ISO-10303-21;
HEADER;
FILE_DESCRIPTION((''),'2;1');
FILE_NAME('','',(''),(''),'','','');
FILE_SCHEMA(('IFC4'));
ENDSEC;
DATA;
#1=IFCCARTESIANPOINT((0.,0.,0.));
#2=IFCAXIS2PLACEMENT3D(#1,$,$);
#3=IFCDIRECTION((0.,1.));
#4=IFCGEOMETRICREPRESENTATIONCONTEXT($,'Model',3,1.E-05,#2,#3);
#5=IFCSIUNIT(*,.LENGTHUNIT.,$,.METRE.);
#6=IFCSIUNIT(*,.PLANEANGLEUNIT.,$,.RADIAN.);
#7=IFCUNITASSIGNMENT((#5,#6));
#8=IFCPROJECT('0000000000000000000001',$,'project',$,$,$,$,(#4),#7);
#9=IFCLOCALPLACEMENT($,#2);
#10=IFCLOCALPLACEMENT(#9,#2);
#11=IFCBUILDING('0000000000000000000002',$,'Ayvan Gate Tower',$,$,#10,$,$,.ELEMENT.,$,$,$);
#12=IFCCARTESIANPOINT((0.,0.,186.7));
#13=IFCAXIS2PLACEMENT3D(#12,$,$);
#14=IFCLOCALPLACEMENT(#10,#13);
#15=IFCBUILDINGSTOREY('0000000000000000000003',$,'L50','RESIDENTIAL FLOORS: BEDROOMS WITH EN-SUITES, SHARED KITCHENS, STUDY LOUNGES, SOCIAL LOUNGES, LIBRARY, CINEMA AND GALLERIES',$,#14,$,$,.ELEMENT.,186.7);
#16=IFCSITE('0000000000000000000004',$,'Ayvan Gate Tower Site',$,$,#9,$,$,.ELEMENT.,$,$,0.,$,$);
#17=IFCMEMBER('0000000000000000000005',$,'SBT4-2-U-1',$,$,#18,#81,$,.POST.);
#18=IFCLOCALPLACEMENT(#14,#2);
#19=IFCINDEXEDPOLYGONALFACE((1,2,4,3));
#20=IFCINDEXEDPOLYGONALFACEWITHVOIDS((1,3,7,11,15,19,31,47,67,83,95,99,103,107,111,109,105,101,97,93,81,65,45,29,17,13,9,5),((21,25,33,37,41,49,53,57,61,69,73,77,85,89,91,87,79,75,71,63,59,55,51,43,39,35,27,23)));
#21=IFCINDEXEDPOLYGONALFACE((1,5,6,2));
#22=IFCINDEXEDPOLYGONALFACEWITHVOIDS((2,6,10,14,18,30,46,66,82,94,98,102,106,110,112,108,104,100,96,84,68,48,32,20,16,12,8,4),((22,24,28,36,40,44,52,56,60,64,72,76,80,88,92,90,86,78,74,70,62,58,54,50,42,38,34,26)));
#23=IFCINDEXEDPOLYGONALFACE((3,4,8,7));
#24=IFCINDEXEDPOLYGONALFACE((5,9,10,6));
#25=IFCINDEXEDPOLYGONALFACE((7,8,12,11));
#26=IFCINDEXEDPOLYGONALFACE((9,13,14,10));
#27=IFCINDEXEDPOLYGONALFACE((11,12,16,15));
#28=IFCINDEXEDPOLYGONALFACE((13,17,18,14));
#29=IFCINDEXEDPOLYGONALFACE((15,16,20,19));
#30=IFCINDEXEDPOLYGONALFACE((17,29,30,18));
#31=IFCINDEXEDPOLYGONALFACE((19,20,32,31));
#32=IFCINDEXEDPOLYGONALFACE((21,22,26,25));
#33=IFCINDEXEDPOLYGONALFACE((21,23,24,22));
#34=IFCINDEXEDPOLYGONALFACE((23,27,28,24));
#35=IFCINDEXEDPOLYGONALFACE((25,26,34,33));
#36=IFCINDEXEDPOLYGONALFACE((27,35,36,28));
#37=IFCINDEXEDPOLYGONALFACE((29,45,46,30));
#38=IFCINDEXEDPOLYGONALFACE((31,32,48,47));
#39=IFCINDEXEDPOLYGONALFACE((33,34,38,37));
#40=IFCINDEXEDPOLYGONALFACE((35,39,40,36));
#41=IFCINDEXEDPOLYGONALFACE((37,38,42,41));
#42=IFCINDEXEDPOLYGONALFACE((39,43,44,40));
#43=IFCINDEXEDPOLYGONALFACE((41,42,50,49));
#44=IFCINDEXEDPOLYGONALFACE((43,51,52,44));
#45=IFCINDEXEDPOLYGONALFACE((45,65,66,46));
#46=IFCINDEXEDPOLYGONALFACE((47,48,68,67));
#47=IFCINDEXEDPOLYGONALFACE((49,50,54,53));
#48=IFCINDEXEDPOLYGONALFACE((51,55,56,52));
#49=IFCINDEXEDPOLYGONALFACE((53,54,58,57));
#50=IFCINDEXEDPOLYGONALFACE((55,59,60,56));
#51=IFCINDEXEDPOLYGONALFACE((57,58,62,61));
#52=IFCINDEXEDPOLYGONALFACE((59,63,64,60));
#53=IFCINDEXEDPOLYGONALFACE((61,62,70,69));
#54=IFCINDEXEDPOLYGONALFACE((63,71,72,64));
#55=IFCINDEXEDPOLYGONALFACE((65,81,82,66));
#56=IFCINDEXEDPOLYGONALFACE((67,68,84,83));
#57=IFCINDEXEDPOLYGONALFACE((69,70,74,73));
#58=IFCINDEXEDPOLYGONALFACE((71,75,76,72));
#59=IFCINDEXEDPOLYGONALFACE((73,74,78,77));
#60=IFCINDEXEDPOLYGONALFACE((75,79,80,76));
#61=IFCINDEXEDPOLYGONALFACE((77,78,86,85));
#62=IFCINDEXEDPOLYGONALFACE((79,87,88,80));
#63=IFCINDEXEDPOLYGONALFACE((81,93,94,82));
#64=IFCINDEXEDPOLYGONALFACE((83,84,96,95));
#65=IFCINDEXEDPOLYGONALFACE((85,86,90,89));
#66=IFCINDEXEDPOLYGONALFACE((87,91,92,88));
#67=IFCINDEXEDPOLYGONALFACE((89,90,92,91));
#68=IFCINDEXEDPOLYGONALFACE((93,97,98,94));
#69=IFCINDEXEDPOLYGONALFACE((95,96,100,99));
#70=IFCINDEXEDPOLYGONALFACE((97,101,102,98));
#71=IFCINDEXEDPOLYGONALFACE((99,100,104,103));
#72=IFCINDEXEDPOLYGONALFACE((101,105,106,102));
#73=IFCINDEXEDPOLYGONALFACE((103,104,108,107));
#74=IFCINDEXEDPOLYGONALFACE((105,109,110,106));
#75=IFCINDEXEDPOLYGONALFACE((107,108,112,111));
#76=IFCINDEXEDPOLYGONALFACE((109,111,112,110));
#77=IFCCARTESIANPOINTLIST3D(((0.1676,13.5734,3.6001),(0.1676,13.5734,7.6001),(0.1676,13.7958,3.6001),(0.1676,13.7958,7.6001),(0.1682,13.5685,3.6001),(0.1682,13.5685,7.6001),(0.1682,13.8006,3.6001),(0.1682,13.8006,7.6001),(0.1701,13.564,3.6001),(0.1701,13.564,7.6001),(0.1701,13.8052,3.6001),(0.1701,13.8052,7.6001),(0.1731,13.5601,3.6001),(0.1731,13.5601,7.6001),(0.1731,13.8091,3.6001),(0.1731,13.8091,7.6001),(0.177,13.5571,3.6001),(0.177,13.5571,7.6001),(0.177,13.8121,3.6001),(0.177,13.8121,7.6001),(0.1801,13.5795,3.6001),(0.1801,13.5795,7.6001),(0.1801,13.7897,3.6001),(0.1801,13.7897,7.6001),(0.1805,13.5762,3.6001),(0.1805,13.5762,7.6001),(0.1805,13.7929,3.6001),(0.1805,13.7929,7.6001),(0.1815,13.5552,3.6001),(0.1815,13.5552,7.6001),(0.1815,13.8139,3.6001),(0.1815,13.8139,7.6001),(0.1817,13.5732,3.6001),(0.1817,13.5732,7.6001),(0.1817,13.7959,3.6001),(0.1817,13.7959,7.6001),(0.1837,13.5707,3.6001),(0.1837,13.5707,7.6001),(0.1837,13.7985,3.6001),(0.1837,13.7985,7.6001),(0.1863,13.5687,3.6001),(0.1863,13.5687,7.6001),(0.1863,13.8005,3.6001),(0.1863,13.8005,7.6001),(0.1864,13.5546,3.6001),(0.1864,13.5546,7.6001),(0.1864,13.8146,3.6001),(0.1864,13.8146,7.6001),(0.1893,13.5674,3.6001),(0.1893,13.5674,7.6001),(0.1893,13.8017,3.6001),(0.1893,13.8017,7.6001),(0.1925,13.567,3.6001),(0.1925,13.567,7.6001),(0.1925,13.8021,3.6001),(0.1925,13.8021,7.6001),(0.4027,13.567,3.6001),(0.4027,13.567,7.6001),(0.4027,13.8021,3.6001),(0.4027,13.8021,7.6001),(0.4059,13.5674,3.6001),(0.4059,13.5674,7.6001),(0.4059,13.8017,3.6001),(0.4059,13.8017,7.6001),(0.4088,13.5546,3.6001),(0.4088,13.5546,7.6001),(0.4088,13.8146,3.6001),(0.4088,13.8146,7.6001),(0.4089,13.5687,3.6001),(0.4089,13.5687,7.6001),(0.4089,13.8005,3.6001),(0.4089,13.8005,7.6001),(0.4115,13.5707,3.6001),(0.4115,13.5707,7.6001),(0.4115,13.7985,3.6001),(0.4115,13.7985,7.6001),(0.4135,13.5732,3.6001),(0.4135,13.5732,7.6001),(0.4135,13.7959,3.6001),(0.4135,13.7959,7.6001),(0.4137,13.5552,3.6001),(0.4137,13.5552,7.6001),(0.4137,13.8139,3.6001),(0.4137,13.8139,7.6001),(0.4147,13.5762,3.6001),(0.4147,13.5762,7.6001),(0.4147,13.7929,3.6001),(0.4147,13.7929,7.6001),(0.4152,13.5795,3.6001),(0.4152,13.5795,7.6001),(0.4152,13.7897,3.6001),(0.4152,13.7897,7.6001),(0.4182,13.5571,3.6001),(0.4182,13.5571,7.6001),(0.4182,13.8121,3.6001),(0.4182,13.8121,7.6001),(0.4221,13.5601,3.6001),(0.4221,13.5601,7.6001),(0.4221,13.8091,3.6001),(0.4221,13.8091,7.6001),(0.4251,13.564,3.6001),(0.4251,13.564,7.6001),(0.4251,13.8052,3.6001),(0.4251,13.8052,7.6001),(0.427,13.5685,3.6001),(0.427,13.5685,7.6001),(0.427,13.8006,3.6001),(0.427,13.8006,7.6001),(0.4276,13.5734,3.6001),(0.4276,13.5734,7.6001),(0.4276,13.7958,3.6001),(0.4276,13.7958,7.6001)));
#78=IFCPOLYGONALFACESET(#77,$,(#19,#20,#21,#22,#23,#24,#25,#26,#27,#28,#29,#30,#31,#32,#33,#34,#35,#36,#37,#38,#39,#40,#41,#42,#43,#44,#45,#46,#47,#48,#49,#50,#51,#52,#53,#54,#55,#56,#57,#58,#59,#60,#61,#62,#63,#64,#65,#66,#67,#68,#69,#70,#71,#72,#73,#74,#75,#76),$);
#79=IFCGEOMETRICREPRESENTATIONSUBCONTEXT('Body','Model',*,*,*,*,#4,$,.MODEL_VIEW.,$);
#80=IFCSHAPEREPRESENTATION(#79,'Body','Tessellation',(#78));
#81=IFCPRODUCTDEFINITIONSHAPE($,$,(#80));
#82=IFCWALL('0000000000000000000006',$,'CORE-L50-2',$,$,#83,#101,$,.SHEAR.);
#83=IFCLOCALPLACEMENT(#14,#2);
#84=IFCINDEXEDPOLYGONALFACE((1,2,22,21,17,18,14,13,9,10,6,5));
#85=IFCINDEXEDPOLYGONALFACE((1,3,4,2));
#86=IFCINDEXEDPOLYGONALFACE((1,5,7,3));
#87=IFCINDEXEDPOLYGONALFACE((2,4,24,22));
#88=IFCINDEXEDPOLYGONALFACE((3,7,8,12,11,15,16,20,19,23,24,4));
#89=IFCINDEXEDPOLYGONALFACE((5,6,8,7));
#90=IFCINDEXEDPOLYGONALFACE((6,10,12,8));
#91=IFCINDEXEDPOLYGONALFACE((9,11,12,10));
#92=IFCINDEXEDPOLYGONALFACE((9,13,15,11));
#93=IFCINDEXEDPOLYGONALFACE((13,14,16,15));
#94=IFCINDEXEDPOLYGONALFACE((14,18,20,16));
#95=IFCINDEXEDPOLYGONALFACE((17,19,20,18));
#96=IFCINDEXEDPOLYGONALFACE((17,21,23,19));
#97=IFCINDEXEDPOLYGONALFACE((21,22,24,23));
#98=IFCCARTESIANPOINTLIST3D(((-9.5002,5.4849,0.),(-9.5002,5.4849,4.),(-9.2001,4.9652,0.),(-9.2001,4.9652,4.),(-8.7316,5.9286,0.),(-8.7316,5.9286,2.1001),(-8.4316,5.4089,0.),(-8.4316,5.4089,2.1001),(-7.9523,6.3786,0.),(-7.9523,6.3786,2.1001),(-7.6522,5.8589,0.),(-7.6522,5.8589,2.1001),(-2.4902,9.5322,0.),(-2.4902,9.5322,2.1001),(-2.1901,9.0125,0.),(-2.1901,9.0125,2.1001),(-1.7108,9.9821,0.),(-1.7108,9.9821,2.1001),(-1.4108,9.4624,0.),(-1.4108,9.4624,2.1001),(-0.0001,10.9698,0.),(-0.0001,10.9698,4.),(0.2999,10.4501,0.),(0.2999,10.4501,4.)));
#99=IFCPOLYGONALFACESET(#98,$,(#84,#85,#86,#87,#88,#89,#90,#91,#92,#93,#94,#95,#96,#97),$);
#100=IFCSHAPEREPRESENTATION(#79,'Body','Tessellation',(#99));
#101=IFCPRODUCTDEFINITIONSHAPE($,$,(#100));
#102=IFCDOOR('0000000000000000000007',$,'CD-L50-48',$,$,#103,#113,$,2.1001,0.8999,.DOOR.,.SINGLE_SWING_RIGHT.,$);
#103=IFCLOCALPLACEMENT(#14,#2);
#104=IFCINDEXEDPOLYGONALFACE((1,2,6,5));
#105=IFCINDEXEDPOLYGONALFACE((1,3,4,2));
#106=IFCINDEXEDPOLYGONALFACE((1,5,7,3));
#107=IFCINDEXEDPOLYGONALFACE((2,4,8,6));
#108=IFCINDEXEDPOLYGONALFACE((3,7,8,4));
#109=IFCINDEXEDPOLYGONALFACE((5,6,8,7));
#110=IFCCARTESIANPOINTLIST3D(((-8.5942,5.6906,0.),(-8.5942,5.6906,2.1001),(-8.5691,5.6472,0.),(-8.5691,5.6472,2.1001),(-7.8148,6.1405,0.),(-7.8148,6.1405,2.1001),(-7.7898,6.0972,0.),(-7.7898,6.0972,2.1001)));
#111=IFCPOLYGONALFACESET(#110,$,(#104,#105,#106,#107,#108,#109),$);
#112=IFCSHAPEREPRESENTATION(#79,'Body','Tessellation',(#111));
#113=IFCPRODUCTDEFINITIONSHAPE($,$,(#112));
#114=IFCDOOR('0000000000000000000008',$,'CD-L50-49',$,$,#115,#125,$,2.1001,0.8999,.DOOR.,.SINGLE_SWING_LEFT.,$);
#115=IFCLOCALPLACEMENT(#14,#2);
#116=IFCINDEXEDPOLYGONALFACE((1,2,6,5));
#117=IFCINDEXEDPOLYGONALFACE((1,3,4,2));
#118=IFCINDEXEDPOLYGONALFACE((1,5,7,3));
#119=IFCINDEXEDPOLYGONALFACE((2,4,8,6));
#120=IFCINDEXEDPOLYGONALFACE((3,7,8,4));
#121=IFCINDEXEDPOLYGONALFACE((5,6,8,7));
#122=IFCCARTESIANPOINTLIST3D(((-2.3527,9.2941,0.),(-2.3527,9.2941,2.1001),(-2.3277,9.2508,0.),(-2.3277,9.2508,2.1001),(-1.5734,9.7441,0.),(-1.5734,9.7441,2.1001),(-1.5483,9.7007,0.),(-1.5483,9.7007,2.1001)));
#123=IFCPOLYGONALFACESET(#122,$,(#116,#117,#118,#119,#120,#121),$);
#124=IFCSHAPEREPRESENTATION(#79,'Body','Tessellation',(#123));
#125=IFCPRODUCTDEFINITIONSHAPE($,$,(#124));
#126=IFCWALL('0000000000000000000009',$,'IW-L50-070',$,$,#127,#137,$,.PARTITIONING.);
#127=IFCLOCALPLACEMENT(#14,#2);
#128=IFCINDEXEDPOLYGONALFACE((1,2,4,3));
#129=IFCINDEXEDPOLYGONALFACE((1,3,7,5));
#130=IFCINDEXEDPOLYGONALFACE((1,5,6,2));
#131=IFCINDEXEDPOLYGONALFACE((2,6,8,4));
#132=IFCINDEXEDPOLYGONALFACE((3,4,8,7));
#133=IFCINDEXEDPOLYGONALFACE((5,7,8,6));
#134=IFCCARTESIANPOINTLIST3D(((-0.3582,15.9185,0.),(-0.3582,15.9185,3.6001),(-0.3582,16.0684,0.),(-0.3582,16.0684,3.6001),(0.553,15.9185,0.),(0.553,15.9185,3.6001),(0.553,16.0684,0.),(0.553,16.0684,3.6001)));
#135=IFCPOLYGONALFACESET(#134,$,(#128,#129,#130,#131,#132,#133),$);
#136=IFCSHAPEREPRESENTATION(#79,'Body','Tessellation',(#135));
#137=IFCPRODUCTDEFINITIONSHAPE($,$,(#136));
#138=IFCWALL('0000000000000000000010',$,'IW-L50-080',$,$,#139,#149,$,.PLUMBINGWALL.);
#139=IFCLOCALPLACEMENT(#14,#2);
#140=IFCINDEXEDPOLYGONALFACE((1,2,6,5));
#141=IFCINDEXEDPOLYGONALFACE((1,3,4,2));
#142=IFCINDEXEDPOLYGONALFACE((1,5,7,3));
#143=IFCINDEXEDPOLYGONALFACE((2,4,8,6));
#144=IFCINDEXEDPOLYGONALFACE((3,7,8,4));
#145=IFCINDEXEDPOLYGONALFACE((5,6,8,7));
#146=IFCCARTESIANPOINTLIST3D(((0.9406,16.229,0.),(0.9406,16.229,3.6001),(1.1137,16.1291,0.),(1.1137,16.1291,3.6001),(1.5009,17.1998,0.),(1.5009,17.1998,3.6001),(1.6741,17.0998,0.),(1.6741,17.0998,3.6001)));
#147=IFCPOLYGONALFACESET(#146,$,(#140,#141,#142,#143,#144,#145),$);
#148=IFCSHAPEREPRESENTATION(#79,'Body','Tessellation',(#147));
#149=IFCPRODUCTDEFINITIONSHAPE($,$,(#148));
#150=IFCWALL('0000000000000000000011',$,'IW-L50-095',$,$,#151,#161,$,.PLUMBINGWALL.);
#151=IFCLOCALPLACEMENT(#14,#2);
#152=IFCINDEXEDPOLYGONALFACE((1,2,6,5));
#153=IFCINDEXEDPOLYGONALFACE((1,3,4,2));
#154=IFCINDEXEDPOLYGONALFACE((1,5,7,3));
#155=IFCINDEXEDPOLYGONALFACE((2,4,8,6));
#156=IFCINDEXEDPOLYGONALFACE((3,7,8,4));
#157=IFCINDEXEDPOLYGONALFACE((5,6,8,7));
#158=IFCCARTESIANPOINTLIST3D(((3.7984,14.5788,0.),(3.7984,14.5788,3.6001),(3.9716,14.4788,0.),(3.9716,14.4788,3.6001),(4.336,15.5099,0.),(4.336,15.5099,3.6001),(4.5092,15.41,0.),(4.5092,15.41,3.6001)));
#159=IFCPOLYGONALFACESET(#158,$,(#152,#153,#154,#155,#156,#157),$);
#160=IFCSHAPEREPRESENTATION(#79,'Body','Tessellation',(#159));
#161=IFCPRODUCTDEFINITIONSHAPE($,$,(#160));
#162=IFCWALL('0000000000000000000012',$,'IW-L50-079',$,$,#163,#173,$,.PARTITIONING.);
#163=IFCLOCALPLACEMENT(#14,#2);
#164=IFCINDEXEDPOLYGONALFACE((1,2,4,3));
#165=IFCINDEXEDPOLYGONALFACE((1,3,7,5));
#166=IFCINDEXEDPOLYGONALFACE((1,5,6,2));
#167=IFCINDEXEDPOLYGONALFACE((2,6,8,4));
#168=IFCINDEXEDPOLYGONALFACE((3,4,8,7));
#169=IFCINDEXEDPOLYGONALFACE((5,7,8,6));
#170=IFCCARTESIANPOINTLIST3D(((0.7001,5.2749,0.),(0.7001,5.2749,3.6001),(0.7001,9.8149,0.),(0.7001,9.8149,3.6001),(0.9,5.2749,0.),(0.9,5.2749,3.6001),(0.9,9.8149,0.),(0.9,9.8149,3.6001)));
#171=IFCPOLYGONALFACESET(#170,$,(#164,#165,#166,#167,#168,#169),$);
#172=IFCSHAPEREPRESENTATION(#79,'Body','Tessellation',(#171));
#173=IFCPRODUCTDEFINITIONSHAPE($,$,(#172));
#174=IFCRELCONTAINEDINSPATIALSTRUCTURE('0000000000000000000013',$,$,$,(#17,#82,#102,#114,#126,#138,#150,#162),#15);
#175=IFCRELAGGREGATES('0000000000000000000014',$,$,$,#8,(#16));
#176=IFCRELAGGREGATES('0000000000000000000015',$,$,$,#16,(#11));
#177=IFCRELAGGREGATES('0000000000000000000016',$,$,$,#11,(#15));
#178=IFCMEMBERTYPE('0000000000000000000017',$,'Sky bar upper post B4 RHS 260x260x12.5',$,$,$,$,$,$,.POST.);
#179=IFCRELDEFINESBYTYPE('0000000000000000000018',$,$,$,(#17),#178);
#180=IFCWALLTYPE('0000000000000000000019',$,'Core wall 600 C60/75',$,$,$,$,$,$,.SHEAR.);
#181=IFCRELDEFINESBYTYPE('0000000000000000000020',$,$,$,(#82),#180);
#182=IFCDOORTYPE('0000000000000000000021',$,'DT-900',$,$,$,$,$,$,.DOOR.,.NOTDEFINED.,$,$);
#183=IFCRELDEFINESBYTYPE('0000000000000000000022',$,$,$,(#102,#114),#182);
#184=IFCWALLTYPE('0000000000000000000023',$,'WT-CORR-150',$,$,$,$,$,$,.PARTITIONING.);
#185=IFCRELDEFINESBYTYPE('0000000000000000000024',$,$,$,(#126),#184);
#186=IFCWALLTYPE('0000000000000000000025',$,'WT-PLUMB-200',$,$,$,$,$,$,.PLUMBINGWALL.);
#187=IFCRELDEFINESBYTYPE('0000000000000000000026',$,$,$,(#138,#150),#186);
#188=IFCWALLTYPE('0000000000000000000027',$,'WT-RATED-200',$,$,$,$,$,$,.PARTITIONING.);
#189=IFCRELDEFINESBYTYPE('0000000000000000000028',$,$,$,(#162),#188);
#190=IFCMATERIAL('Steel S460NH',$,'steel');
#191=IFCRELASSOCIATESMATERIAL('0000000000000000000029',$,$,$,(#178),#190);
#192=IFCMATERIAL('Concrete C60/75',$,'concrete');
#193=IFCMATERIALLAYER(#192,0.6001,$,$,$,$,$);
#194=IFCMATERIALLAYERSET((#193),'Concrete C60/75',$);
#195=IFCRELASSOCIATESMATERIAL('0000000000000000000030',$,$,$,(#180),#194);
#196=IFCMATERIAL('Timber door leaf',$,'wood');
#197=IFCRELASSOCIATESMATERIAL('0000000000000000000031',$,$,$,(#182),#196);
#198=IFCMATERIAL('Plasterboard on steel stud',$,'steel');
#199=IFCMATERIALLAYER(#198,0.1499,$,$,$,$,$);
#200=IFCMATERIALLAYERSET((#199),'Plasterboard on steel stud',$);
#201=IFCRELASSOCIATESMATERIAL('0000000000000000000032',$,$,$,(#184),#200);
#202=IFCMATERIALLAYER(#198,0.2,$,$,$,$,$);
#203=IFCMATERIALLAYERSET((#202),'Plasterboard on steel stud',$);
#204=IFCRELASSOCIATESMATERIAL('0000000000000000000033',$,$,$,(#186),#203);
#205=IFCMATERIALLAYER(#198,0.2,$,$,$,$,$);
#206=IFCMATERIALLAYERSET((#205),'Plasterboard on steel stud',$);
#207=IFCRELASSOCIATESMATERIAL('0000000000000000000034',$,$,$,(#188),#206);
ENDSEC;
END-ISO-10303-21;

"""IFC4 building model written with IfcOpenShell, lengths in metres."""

from ifc_helpers import new_model, si_unit, direction, frame, frame_2d, origin, origin_2d, place, context, subcontext, project, spatial, rectangle, hollow_rectangle, extrude, material, layer, layer_set, material_profile, profile_set, type_object, element, fill, save


model = new_model("IFC4")

# Units and contexts
model_context = context("Model", 3, precision=1e-05, world=origin(), true_north=direction((0.0, 1.0)))
body_context = subcontext(model_context, "Body", "Model", "MODEL_VIEW")
ifc_project = project(units=[si_unit("LENGTHUNIT", "METRE"), si_unit("PLANEANGLEUNIT", "RADIAN")], contexts=[model_context])

# Site, building, storey
site_placement = place(None, origin())
site = spatial("IfcSite", under=ifc_project, at=site_placement, Name="Ayvan Gate Tower Site", CompositionType="ELEMENT", RefElevation=0.0)
building_placement = place(site_placement, origin())
building = spatial("IfcBuilding", under=site, at=building_placement, Name="Ayvan Gate Tower", CompositionType="ELEMENT")
storey_placement = place(building_placement, frame((0.0, 0.0, 186.7)))
storey = spatial("IfcBuildingStorey", under=building, at=storey_placement, Name="L50", Description="RESIDENTIAL FLOORS: BEDROOMS WITH EN-SUITES, SHARED KITCHENS, STUDY LOUNGES, SOCIAL LOUNGES, LIBRARY, CINEMA AND GALLERIES", CompositionType="ELEMENT", Elevation=186.7)

# Member
ifc_material_1 = material(Name="Steel S460NH", Category="steel")
ifc_material_profile_1 = material_profile(ifc_material_1, hollow_rectangle(XDim=0.26, YDim=0.26, WallThickness=0.0125, InnerFilletRadius=0.0125, OuterFilletRadius=0.0188, at=origin_2d()), Name="RHS 260x260x12.5")
ifc_profile_set_1 = profile_set([ifc_material_profile_1], Name="Steel S460NH")
member_type_1 = type_object("IfcMemberType", Name="Sky bar upper post B4 RHS 260x260x12.5", PredefinedType="POST", material=ifc_profile_set_1)
for number, where, z_axis, x_axis, name in (
    (1, (0.2976, 13.6846, 3.6001), (0.0, 0.0, 1.0), (1.0, 0.0, 0.0), "SBT4-2-U-1"),
):
    element("IfcMember", number, at=place(storey_placement, frame(where, z_axis=z_axis, x_axis=x_axis)), inside=storey, type_object=member_type_1, Name=name, PredefinedType="POST", context=body_context, shape_type="SweptSolid", body=[
        extrude(hollow_rectangle(XDim=0.26, YDim=0.26, WallThickness=0.0125, InnerFilletRadius=0.0125, OuterFilletRadius=0.0188, at=origin_2d()), origin(), (0.0, 0.0, 1.0), 4.0),
    ])

# Wall, openings, doors
ifc_material_2 = material(Name="Concrete C60/75", Category="concrete")
ifc_layer_1 = layer(ifc_material_2, 0.6001)
ifc_layer_set_1 = layer_set([ifc_layer_1], Name="Concrete C60/75")
wall_type_1 = type_object("IfcWallType", Name="Core wall 600 C60/75", PredefinedType="SHEAR", material=ifc_layer_set_1)
wall_1_placement = place(storey_placement, frame((0.1499, 10.71, 0.0), z_axis=(0.0, 0.0, 1.0), x_axis=(-0.866024, -0.500002, 0.0)))
wall_1 = element("IfcWall", 2, at=wall_1_placement, inside=storey, type_object=wall_type_1, Name="CORE-L50-2", PredefinedType="SHEAR", context=body_context, shape_type="SweptSolid", body=[
    extrude(rectangle(XDim=10.9697, YDim=0.6001, at=frame_2d((5.4849, 0.0))), origin(), (0.0, 0.0, 1.0), 4.0),
])
opening_1_placement = place(wall_1_placement, frame((9.1824, 0.0, 0.0)))
opening_1 = element("IfcOpeningElement", 3, at=opening_1_placement, cuts=wall_1, PredefinedType="OPENING", context=body_context, shape_type="SweptSolid", body=[
    extrude(rectangle(XDim=0.8999, YDim=2.1001, at=frame_2d((0.45, 1.05))), frame((0.0, 0.3101, 0.0), z_axis=(0.0, -1.0, 0.0), x_axis=(1.0, 0.0, 0.0)), (0.0, 0.0, 1.0), 0.6201),
])
opening_2_placement = place(wall_1_placement, frame((1.9753, 0.0, 0.0)))
opening_2 = element("IfcOpeningElement", 4, at=opening_2_placement, cuts=wall_1, PredefinedType="OPENING", context=body_context, shape_type="SweptSolid", body=[
    extrude(rectangle(XDim=0.8999, YDim=2.1001, at=frame_2d((0.45, 1.05))), frame((0.0, 0.3101, 0.0), z_axis=(0.0, -1.0, 0.0), x_axis=(1.0, 0.0, 0.0)), (0.0, 0.0, 1.0), 0.6201),
])
ifc_material_3 = material(Name="Timber door leaf", Category="wood")
door_type_1 = type_object("IfcDoorType", Name="DT-900", OperationType="NOTDEFINED", PredefinedType="DOOR", material=ifc_material_3)
door_1_placement = place(opening_1_placement, origin())
door_1 = element("IfcDoor", 5, at=door_1_placement, inside=storey, type_object=door_type_1, Name="CD-L50-48", OperationType="SINGLE_SWING_RIGHT", OverallHeight=2.1001, OverallWidth=0.8999, PredefinedType="DOOR", context=body_context, shape_type="SweptSolid", body=[
    extrude(rectangle(XDim=0.8999, YDim=2.1001, at=frame_2d((0.45, 1.05))), frame((0.0, 0.0249, 0.0), z_axis=(0.0, -1.0, 0.0), x_axis=(1.0, 0.0, 0.0)), (0.0, 0.0, 1.0), 0.05),
])
fill(opening_1, door_1)
door_2_placement = place(opening_2_placement, origin())
door_2 = element("IfcDoor", 6, at=door_2_placement, inside=storey, type_object=door_type_1, Name="CD-L50-49", OperationType="SINGLE_SWING_LEFT", OverallHeight=2.1001, OverallWidth=0.8999, PredefinedType="DOOR", context=body_context, shape_type="SweptSolid", body=[
    extrude(rectangle(XDim=0.8999, YDim=2.1001, at=frame_2d((0.45, 1.05))), frame((0.0, 0.0249, 0.0), z_axis=(0.0, -1.0, 0.0), x_axis=(1.0, 0.0, 0.0)), (0.0, 0.0, 1.0), 0.05),
])
fill(opening_2, door_2)

# Walls
ifc_material_4 = material(Name="Plasterboard on steel stud", Category="steel")
ifc_layer_2 = layer(ifc_material_4, 0.1499)
ifc_layer_set_2 = layer_set([ifc_layer_2], Name="Plasterboard on steel stud")
wall_type_2 = type_object("IfcWallType", Name="WT-CORR-150", PredefinedType="PARTITIONING", material=ifc_layer_set_2)
wall_2_placement = place(storey_placement, frame((-0.3582, 15.9934, 0.0), z_axis=(0.0, 0.0, 1.0), x_axis=(1.0, 0.0, 0.0)))
element("IfcWall", 7, at=wall_2_placement, inside=storey, type_object=wall_type_2, Name="IW-L50-070", PredefinedType="PARTITIONING", context=body_context, shape_type="SweptSolid", body=[
    extrude(rectangle(XDim=0.9111, YDim=0.1499, at=frame_2d((0.4556, 0.0))), origin(), (0.0, 0.0, 1.0), 3.6001),
])
ifc_layer_3 = layer(ifc_material_4, 0.2)
ifc_layer_set_3 = layer_set([ifc_layer_3], Name="Plasterboard on steel stud")
wall_type_3 = type_object("IfcWallType", Name="WT-PLUMB-200", PredefinedType="PLUMBINGWALL", material=ifc_layer_set_3)
wall_3_placement = place(storey_placement, frame((1.0271, 16.179, 0.0), z_axis=(0.0, 0.0, 1.0), x_axis=(0.499911, 0.866077, 0.0)))
element("IfcWall", 8, at=wall_3_placement, inside=storey, type_object=wall_type_3, Name="IW-L50-080", PredefinedType="PLUMBINGWALL", context=body_context, shape_type="SweptSolid", body=[
    extrude(rectangle(XDim=1.1208, YDim=0.2, at=frame_2d((0.5605, 0.0))), origin(), (0.0, 0.0, 1.0), 3.6001),
])
wall_4_placement = place(storey_placement, frame((3.885, 14.5288, 0.0), z_axis=(0.0, 0.0, 1.0), x_axis=(0.499998, 0.866027, 0.0)))
element("IfcWall", 9, at=wall_4_placement, inside=storey, type_object=wall_type_3, Name="IW-L50-095", PredefinedType="PLUMBINGWALL", context=body_context, shape_type="SweptSolid", body=[
    extrude(rectangle(XDim=1.0752, YDim=0.2, at=frame_2d((0.5376, 0.0))), origin(), (0.0, 0.0, 1.0), 3.6001),
])
ifc_layer_4 = layer(ifc_material_4, 0.2)
ifc_layer_set_4 = layer_set([ifc_layer_4], Name="Plasterboard on steel stud")
wall_type_4 = type_object("IfcWallType", Name="WT-RATED-200", PredefinedType="PARTITIONING", material=ifc_layer_set_4)
wall_5_placement = place(storey_placement, frame((0.8, 9.8149, 0.0), z_axis=(0.0, 0.0, 1.0), x_axis=(0.0, -1.0, 0.0)))
element("IfcWall", 10, at=wall_5_placement, inside=storey, type_object=wall_type_4, Name="IW-L50-079", PredefinedType="PARTITIONING", context=body_context, shape_type="SweptSolid", body=[
    extrude(rectangle(XDim=4.54, YDim=0.2, at=frame_2d((2.27, 0.0))), origin(), (0.0, 0.0, 1.0), 3.6001),
])

save(model, "model.ifc")
